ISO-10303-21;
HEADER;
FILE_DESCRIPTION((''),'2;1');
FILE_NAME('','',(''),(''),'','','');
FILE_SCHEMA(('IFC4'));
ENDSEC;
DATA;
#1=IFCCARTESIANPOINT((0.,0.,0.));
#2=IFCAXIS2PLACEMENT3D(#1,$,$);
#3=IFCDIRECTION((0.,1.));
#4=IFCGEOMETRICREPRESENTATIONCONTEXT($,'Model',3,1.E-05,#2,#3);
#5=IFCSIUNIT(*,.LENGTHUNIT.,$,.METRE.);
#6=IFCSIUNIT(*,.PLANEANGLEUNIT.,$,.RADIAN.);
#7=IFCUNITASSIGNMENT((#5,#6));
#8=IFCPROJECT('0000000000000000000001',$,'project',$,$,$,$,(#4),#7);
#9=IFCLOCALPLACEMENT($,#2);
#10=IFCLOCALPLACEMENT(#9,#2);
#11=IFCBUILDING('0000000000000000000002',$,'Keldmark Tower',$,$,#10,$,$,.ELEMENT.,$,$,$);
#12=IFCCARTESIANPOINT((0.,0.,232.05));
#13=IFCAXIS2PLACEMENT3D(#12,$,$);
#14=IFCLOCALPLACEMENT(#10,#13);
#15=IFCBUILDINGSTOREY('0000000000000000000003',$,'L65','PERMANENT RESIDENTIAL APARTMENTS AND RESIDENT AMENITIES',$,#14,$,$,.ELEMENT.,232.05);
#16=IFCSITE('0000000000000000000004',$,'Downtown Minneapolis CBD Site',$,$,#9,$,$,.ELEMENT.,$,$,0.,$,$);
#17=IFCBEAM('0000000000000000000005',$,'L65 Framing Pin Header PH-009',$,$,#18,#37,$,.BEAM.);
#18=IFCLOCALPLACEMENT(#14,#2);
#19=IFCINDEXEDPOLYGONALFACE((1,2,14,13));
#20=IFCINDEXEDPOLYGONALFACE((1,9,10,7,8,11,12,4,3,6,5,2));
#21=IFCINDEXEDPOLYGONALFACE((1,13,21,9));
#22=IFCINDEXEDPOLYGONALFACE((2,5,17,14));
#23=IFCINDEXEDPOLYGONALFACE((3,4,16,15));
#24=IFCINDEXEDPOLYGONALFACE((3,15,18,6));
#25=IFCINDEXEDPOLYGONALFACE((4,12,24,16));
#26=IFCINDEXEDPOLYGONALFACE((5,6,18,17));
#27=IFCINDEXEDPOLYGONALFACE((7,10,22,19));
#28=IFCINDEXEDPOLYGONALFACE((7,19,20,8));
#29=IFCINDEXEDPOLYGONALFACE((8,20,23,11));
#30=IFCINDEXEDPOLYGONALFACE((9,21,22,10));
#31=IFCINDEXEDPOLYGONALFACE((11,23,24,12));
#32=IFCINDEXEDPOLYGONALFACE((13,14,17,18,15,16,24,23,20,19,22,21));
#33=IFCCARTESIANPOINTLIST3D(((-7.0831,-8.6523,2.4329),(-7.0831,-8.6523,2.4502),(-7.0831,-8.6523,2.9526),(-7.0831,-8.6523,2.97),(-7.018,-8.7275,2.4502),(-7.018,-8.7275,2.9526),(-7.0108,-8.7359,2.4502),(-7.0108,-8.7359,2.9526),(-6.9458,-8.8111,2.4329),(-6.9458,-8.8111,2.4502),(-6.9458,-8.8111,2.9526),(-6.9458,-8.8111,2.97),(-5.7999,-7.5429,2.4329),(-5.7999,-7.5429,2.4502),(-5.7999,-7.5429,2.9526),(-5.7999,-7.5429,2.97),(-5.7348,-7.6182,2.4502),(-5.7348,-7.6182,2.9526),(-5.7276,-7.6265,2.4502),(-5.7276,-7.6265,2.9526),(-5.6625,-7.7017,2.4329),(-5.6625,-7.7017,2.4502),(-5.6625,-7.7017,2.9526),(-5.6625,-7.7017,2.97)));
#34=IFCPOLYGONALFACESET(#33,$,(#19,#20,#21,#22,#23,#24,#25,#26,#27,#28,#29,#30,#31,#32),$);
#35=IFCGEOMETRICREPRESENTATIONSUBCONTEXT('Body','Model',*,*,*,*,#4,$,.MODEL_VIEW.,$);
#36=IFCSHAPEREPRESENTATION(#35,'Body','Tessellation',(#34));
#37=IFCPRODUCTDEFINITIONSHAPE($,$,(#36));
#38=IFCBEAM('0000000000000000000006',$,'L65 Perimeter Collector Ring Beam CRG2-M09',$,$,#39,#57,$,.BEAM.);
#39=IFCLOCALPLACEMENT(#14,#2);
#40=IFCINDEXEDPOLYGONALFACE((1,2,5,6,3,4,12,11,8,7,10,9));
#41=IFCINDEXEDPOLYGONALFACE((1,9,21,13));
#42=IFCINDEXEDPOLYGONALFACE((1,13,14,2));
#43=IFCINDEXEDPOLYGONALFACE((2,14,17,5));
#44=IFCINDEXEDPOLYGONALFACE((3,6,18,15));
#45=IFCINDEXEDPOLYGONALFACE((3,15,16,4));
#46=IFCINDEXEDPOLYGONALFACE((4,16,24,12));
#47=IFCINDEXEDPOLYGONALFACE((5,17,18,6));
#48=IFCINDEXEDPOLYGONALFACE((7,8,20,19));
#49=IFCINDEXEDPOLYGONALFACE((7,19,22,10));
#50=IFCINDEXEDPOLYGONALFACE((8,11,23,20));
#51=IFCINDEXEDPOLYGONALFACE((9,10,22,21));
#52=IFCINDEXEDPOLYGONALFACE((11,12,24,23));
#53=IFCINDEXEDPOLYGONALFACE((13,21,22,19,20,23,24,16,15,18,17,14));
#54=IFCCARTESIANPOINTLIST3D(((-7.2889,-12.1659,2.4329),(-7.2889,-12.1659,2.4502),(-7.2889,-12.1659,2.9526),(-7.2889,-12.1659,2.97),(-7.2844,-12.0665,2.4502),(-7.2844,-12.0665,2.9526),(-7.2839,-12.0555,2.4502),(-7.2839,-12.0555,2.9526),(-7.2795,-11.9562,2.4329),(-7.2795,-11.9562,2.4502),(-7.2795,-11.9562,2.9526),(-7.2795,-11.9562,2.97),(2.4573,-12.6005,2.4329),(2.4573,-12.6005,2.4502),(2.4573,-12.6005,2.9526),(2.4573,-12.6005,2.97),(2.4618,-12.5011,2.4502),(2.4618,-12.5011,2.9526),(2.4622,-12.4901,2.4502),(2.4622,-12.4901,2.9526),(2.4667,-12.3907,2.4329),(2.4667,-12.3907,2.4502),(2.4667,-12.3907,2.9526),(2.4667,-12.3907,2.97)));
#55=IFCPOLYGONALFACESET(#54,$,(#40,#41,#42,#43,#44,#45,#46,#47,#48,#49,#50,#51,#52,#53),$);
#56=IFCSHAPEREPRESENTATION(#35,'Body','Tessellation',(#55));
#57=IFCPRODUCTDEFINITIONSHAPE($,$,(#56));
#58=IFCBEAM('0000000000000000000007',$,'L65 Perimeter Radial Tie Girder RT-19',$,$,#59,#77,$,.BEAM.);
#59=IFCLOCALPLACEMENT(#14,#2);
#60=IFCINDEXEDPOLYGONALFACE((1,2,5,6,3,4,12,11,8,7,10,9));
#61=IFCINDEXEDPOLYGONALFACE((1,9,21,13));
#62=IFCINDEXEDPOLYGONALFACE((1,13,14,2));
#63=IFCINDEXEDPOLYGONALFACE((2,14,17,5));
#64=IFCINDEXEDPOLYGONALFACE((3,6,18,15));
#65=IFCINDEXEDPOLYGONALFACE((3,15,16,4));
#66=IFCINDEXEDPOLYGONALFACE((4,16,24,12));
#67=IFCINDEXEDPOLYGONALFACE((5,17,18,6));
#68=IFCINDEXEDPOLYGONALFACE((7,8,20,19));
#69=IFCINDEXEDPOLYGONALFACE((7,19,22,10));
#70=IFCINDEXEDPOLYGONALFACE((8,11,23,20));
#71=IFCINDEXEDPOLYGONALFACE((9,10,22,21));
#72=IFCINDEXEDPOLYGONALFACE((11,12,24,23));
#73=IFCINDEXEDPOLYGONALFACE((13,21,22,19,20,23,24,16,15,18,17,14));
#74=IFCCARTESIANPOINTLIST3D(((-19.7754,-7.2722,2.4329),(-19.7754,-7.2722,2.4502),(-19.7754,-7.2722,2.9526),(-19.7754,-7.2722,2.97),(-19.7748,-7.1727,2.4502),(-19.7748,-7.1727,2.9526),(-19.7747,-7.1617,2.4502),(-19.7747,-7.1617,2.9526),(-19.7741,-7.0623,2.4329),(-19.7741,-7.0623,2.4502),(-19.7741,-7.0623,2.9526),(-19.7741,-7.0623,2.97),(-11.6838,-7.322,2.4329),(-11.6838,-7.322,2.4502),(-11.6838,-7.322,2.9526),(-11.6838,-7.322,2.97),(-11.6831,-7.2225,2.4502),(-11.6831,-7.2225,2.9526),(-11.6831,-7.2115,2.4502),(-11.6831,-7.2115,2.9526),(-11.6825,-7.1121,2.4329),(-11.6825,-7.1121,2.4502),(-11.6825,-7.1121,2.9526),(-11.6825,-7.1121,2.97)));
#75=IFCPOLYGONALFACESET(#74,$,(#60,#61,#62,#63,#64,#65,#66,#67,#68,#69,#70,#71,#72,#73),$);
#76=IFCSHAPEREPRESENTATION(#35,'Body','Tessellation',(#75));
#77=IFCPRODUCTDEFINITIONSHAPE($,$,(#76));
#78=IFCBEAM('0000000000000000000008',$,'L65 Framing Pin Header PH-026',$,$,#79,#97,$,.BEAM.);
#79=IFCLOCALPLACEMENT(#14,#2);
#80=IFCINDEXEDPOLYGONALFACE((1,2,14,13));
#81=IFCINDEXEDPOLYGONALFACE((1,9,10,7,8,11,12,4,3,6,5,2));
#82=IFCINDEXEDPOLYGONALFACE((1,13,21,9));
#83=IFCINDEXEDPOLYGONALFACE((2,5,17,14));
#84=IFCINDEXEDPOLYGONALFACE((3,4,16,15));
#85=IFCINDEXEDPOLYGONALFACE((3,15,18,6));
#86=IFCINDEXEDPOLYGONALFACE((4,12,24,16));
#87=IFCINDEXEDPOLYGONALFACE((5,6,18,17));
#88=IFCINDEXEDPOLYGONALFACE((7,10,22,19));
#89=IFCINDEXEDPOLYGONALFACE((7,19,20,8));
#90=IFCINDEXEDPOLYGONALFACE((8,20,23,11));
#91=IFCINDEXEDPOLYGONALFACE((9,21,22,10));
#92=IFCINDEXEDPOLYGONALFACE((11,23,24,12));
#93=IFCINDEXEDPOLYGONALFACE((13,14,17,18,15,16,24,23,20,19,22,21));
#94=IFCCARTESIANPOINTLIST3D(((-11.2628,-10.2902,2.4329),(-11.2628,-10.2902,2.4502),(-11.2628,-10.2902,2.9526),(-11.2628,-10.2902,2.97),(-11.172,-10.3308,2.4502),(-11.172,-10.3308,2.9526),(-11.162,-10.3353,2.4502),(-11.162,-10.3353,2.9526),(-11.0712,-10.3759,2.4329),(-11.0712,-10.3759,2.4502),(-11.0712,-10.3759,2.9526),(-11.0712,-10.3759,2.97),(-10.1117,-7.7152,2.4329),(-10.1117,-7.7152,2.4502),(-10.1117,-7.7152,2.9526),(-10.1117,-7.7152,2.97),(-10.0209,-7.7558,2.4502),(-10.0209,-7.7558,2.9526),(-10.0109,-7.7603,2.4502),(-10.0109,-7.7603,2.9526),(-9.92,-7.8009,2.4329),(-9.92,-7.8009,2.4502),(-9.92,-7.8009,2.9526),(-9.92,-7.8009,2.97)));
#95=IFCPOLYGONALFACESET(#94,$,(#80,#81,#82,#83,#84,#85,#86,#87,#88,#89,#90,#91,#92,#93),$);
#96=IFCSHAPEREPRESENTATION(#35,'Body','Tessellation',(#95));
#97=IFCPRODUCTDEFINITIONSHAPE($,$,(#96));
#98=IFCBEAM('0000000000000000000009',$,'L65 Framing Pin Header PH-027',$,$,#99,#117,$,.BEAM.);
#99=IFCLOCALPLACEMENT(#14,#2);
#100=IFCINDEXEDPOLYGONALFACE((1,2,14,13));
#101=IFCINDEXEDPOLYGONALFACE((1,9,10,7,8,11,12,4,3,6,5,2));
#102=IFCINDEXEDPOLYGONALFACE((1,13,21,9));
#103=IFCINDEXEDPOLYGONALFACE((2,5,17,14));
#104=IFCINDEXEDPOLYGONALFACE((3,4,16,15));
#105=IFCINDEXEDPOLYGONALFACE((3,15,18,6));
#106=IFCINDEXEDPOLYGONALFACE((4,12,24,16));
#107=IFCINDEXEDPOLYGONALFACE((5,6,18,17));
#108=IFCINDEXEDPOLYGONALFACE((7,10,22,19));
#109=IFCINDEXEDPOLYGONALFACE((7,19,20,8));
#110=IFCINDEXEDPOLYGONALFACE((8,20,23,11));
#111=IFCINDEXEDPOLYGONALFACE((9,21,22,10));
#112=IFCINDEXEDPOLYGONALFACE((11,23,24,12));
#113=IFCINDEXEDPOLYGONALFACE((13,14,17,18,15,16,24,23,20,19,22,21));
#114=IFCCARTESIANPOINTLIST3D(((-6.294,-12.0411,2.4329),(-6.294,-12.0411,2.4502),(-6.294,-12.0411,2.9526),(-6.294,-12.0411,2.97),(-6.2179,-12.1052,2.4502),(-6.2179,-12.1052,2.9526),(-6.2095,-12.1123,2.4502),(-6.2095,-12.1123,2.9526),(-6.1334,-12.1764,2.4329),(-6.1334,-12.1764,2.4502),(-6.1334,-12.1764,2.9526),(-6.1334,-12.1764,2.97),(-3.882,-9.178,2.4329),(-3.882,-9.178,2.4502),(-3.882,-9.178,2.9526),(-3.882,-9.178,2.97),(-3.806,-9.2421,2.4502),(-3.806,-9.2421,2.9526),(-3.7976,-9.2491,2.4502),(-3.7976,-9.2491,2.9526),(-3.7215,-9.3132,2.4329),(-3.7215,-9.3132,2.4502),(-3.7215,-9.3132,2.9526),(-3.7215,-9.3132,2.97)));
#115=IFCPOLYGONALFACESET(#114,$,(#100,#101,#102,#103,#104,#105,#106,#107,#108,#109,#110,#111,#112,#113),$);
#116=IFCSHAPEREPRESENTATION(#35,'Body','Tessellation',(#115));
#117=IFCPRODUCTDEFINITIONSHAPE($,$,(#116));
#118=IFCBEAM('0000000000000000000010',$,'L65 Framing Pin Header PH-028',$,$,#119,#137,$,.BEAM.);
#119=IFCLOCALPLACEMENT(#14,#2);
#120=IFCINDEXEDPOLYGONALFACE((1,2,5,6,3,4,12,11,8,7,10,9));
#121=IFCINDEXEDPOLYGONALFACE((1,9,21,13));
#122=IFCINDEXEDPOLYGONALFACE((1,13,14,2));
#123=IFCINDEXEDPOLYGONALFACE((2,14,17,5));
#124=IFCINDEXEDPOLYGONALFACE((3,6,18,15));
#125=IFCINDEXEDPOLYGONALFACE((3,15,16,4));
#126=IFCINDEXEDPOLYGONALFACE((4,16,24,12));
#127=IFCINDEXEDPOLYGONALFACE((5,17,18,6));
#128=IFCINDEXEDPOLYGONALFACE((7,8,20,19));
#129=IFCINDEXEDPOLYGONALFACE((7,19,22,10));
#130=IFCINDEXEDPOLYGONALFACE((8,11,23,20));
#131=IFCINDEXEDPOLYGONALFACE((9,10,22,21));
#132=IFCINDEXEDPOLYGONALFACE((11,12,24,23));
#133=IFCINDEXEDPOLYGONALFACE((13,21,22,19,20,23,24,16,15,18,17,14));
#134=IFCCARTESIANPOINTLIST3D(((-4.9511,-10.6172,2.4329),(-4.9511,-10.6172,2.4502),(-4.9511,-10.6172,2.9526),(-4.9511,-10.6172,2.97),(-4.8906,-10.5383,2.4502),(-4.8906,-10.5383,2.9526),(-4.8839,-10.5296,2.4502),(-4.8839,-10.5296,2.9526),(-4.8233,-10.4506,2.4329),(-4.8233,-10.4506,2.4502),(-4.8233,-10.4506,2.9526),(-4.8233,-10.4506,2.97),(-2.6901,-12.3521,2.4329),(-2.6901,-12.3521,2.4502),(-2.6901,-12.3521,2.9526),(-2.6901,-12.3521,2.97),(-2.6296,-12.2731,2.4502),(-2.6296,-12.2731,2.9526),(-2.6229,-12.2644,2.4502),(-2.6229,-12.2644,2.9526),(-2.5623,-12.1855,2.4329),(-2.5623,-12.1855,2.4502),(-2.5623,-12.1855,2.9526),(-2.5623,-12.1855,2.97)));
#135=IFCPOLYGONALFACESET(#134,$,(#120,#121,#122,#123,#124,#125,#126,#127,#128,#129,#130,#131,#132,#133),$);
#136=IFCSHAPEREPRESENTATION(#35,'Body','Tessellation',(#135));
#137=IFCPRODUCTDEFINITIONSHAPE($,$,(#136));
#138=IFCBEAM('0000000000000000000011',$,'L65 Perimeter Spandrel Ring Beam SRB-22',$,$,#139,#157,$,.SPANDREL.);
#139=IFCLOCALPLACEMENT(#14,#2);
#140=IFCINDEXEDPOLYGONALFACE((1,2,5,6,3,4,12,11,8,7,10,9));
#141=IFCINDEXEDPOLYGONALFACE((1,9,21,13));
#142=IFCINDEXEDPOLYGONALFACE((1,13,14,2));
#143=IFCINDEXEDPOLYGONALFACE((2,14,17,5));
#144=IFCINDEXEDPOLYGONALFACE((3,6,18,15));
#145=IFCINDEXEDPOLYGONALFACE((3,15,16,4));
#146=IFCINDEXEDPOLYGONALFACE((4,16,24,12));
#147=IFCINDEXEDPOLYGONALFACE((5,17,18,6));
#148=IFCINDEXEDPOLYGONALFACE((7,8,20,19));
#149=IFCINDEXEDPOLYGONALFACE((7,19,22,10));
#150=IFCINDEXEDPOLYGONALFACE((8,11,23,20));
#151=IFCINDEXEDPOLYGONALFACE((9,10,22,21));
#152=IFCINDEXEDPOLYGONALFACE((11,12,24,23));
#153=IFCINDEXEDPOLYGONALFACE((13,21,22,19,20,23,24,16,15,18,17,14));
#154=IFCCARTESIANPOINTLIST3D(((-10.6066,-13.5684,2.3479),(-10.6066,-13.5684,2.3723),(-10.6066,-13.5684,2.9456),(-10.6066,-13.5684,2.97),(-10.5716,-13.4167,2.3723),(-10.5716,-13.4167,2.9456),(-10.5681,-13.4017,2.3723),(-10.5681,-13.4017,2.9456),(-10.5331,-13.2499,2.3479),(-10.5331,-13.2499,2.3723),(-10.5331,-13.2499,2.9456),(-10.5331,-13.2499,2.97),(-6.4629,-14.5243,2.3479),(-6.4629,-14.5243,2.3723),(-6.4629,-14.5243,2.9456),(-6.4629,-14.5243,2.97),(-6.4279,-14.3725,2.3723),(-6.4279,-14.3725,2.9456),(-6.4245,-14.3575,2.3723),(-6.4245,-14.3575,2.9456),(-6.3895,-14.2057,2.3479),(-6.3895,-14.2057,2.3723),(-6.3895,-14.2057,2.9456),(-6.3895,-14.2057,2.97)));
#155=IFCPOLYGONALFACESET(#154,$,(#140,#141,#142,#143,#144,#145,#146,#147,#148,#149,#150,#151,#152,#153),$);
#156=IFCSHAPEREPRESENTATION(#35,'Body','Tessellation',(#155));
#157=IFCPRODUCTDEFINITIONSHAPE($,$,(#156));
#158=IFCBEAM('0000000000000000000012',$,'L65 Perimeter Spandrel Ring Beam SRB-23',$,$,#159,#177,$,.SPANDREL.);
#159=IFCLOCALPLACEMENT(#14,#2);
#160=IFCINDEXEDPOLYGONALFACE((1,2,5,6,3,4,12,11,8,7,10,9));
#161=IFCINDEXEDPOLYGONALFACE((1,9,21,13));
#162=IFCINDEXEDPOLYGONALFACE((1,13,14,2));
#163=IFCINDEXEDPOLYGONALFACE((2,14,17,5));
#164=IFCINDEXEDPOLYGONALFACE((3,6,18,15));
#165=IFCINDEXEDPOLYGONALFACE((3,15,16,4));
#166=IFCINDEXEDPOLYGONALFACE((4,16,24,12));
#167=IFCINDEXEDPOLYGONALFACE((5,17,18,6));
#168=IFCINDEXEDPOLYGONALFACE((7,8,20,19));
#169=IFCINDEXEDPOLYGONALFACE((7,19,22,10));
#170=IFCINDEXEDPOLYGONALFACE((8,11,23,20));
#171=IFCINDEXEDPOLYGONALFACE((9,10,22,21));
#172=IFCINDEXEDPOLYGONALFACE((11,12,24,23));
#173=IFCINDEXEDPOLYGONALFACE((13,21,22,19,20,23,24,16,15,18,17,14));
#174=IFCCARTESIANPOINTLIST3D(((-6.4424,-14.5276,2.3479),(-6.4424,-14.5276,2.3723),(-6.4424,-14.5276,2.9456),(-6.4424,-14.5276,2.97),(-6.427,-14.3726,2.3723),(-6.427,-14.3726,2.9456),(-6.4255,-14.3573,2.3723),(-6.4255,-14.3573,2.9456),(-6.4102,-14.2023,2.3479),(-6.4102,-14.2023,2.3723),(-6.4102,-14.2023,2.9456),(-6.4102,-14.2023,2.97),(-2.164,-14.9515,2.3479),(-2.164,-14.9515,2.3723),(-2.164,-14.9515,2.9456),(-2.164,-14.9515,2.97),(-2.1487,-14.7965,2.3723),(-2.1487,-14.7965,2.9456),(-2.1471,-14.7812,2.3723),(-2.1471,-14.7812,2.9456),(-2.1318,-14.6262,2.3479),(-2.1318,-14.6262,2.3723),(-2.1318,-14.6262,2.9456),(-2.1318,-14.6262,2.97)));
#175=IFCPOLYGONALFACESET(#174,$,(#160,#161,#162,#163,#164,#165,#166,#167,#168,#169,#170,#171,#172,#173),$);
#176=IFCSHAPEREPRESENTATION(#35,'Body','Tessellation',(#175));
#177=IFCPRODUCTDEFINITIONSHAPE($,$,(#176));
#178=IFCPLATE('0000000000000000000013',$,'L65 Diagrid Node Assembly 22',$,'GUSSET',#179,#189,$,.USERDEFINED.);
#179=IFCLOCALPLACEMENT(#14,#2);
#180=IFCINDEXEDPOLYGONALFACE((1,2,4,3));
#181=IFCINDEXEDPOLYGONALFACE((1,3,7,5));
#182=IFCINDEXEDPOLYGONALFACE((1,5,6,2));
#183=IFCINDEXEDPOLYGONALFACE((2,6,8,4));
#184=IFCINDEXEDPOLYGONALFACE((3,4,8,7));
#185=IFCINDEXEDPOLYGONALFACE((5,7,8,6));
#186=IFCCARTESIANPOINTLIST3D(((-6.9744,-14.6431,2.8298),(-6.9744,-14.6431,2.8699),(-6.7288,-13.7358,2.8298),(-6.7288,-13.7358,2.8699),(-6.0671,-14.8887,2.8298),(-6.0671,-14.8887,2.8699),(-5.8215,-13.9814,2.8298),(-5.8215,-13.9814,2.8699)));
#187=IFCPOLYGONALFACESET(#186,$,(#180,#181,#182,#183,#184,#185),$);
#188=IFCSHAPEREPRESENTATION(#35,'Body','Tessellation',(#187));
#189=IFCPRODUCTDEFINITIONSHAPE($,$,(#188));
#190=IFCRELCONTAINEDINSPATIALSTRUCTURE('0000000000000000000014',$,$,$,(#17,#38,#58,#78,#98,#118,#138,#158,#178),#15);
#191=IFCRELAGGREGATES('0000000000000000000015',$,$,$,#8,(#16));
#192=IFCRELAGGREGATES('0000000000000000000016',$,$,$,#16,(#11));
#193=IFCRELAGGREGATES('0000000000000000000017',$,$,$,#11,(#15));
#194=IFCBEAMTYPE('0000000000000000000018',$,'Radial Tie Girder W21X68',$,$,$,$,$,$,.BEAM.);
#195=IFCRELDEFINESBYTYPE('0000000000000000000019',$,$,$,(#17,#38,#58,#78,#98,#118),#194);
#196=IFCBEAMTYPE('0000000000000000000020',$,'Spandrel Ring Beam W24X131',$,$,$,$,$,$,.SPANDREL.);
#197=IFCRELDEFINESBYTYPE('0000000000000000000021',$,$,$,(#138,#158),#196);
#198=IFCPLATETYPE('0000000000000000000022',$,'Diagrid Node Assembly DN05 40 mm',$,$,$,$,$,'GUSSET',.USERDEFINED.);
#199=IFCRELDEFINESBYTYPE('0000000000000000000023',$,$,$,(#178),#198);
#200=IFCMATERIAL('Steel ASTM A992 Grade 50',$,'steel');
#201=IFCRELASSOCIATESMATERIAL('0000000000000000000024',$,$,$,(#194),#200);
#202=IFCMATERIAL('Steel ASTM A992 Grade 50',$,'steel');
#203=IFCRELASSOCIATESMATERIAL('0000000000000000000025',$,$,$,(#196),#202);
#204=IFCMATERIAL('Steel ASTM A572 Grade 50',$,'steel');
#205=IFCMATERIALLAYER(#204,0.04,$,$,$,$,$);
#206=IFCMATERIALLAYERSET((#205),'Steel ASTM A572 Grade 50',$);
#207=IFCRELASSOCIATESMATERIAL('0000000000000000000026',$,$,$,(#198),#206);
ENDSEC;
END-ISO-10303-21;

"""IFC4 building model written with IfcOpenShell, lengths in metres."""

from ifc_helpers import new_model, si_unit, direction, frame, origin, origin_2d, place, context, subcontext, project, spatial, rectangle, i_section, extrude, material, layer, layer_set, material_profile, profile_set, type_object, element, save


model = new_model("IFC4")

# Units and contexts
model_context = context("Model", 3, precision=1e-05, world=origin(), true_north=direction((0.0, 1.0)))
body_context = subcontext(model_context, "Body", "Model", "MODEL_VIEW")
ifc_project = project(units=[si_unit("LENGTHUNIT", "METRE"), si_unit("PLANEANGLEUNIT", "RADIAN")], contexts=[model_context])

# Site, building, storey
site_placement = place(None, origin())
site = spatial("IfcSite", under=ifc_project, at=site_placement, Name="Downtown Minneapolis CBD Site", CompositionType="ELEMENT", RefElevation=0.0)
building_placement = place(site_placement, origin())
building = spatial("IfcBuilding", under=site, at=building_placement, Name="Keldmark Tower", CompositionType="ELEMENT")
storey_placement = place(building_placement, frame((0.0, 0.0, 232.05)))
storey = spatial("IfcBuildingStorey", under=building, at=storey_placement, Name="L65", Description="PERMANENT RESIDENTIAL APARTMENTS AND RESIDENT AMENITIES", CompositionType="ELEMENT", Elevation=232.05)

# Beams
ifc_material_1 = material(Name="Steel ASTM A992 Grade 50", Category="steel")
ifc_material_profile_1 = material_profile(ifc_material_1, i_section(OverallWidth=0.21, OverallDepth=0.5371, WebThickness=0.011, FlangeThickness=0.0173, at=origin_2d()), Name="W21X68")
ifc_profile_set_1 = profile_set([ifc_material_profile_1], Name="Steel ASTM A992 Grade 50")
beam_type_1 = type_object("IfcBeamType", Name="Radial Tie Girder W21X68", PredefinedType="BEAM", material=ifc_profile_set_1)
beam_1_placement = place(storey_placement, frame((-5.7312, -7.6223, 2.7014), z_axis=(-0.756486, -0.654009, 0.0), x_axis=(0.654009, -0.756486, 0.0)))
element("IfcBeam", 1, at=beam_1_placement, inside=storey, type_object=beam_type_1, Name="L65 Framing Pin Header PH-009", PredefinedType="BEAM", context=body_context, shape_type="SweptSolid", body=[
    extrude(i_section(OverallWidth=0.21, OverallDepth=0.5371, WebThickness=0.011, FlangeThickness=0.0173, at=origin_2d()), origin(), (0.0, 0.0, 1.0), 1.6963),
])
beam_2_placement = place(storey_placement, frame((-7.2842, -12.061, 2.7014), z_axis=(0.999007, -0.044545, 0.0), x_axis=(0.044545, 0.999007, 0.0)))
element("IfcBeam", 2, at=beam_2_placement, inside=storey, type_object=beam_type_1, Name="L65 Perimeter Collector Ring Beam CRG2-M09", PredefinedType="BEAM", context=body_context, shape_type="SweptSolid", body=[
    extrude(i_section(OverallWidth=0.21, OverallDepth=0.5371, WebThickness=0.011, FlangeThickness=0.0173, at=origin_2d()), origin(), (0.0, 0.0, 1.0), 9.7559),
])
beam_3_placement = place(storey_placement, frame((-11.6831, -7.217, 2.7014), z_axis=(-0.999981, 0.006155, 0.0), x_axis=(-0.006155, -0.999981, 0.0)))
element("IfcBeam", 3, at=beam_3_placement, inside=storey, type_object=beam_type_1, Name="L65 Perimeter Radial Tie Girder RT-19", PredefinedType="BEAM", context=body_context, shape_type="SweptSolid", body=[
    extrude(i_section(OverallWidth=0.21, OverallDepth=0.5371, WebThickness=0.011, FlangeThickness=0.0173, at=origin_2d()), origin(), (0.0, 0.0, 1.0), 8.0918),
])
beam_4_placement = place(storey_placement, frame((-10.0159, -7.7581, 2.7014), z_axis=(-0.408121, -0.912928, 0.0), x_axis=(0.912928, -0.408121, 0.0)))
element("IfcBeam", 4, at=beam_4_placement, inside=storey, type_object=beam_type_1, Name="L65 Framing Pin Header PH-026", PredefinedType="BEAM", context=body_context, shape_type="SweptSolid", body=[
    extrude(i_section(OverallWidth=0.21, OverallDepth=0.5371, WebThickness=0.011, FlangeThickness=0.0173, at=origin_2d()), origin(), (0.0, 0.0, 1.0), 2.8206),
])
beam_5_placement = place(storey_placement, frame((-3.8018, -9.2456, 2.7014), z_axis=(-0.644274, -0.764794, 0.0), x_axis=(0.764794, -0.644274, 0.0)))
element("IfcBeam", 5, at=beam_5_placement, inside=storey, type_object=beam_type_1, Name="L65 Framing Pin Header PH-027", PredefinedType="BEAM", context=body_context, shape_type="SweptSolid", body=[
    extrude(i_section(OverallWidth=0.21, OverallDepth=0.5371, WebThickness=0.011, FlangeThickness=0.0173, at=origin_2d()), origin(), (0.0, 0.0, 1.0), 3.7437),
])
beam_6_placement = place(storey_placement, frame((-4.8872, -10.5339, 2.7014), z_axis=(0.793362, -0.60875, 0.0), x_axis=(0.60875, 0.793362, 0.0)))
element("IfcBeam", 6, at=beam_6_placement, inside=storey, type_object=beam_type_1, Name="L65 Framing Pin Header PH-028", PredefinedType="BEAM", context=body_context, shape_type="SweptSolid", body=[
    extrude(i_section(OverallWidth=0.21, OverallDepth=0.5371, WebThickness=0.011, FlangeThickness=0.0173, at=origin_2d()), origin(), (0.0, 0.0, 1.0), 2.8499),
])
ifc_material_2 = material(Name="Steel ASTM A992 Grade 50", Category="steel")
ifc_material_profile_2 = material_profile(ifc_material_2, i_section(OverallWidth=0.3269, OverallDepth=0.6221, WebThickness=0.0154, FlangeThickness=0.0244, at=origin_2d()), Name="W24X131")
ifc_profile_set_2 = profile_set([ifc_material_profile_2], Name="Steel ASTM A992 Grade 50")
beam_type_2 = type_object("IfcBeamType", Name="Spandrel Ring Beam W24X131", PredefinedType="SPANDREL", material=ifc_profile_set_2)
beam_7_placement = place(storey_placement, frame((-10.5698, -13.4092, 2.6589), z_axis=(0.974412, -0.224771, 0.0), x_axis=(0.224771, 0.974412, 0.0)))
element("IfcBeam", 7, at=beam_7_placement, inside=storey, type_object=beam_type_2, Name="L65 Perimeter Spandrel Ring Beam SRB-22", PredefinedType="SPANDREL", context=body_context, shape_type="SweptSolid", body=[
    extrude(i_section(OverallWidth=0.3269, OverallDepth=0.6221, WebThickness=0.0154, FlangeThickness=0.0244, at=origin_2d()), origin(), (0.0, 0.0, 1.0), 4.2524),
])
beam_8_placement = place(storey_placement, frame((-6.4263, -14.365, 2.6589), z_axis=(0.995129, -0.098582, 0.0), x_axis=(0.098582, 0.995129, 0.0)))
element("IfcBeam", 8, at=beam_8_placement, inside=storey, type_object=beam_type_2, Name="L65 Perimeter Spandrel Ring Beam SRB-23", PredefinedType="SPANDREL", context=body_context, shape_type="SweptSolid", body=[
    extrude(i_section(OverallWidth=0.3269, OverallDepth=0.6221, WebThickness=0.0154, FlangeThickness=0.0244, at=origin_2d()), origin(), (0.0, 0.0, 1.0), 4.2993),
])

# Plate
ifc_material_3 = material(Name="Steel ASTM A572 Grade 50", Category="steel")
ifc_layer_1 = layer(ifc_material_3, 0.04)
ifc_layer_set_1 = layer_set([ifc_layer_1], Name="Steel ASTM A572 Grade 50")
plate_type = type_object("IfcPlateType", Name="Diagrid Node Assembly DN05 40 mm", ElementType="GUSSET", PredefinedType="USERDEFINED", material=ifc_layer_set_1)
plate_placement = place(storey_placement, frame((-6.3979, -14.3123, 2.8298), z_axis=(0.0, 0.0, 1.0), x_axis=(0.965245, -0.261347, 0.0)))
element("IfcPlate", 9, at=plate_placement, inside=storey, type_object=plate_type, Name="L65 Diagrid Node Assembly 22", ObjectType="GUSSET", PredefinedType="USERDEFINED", context=body_context, shape_type="SweptSolid", body=[
    extrude(rectangle(XDim=0.9399, YDim=0.9399, at=origin_2d()), origin(), (0.0, 0.0, 1.0), 0.04),
])

save(model, "model.ifc")
